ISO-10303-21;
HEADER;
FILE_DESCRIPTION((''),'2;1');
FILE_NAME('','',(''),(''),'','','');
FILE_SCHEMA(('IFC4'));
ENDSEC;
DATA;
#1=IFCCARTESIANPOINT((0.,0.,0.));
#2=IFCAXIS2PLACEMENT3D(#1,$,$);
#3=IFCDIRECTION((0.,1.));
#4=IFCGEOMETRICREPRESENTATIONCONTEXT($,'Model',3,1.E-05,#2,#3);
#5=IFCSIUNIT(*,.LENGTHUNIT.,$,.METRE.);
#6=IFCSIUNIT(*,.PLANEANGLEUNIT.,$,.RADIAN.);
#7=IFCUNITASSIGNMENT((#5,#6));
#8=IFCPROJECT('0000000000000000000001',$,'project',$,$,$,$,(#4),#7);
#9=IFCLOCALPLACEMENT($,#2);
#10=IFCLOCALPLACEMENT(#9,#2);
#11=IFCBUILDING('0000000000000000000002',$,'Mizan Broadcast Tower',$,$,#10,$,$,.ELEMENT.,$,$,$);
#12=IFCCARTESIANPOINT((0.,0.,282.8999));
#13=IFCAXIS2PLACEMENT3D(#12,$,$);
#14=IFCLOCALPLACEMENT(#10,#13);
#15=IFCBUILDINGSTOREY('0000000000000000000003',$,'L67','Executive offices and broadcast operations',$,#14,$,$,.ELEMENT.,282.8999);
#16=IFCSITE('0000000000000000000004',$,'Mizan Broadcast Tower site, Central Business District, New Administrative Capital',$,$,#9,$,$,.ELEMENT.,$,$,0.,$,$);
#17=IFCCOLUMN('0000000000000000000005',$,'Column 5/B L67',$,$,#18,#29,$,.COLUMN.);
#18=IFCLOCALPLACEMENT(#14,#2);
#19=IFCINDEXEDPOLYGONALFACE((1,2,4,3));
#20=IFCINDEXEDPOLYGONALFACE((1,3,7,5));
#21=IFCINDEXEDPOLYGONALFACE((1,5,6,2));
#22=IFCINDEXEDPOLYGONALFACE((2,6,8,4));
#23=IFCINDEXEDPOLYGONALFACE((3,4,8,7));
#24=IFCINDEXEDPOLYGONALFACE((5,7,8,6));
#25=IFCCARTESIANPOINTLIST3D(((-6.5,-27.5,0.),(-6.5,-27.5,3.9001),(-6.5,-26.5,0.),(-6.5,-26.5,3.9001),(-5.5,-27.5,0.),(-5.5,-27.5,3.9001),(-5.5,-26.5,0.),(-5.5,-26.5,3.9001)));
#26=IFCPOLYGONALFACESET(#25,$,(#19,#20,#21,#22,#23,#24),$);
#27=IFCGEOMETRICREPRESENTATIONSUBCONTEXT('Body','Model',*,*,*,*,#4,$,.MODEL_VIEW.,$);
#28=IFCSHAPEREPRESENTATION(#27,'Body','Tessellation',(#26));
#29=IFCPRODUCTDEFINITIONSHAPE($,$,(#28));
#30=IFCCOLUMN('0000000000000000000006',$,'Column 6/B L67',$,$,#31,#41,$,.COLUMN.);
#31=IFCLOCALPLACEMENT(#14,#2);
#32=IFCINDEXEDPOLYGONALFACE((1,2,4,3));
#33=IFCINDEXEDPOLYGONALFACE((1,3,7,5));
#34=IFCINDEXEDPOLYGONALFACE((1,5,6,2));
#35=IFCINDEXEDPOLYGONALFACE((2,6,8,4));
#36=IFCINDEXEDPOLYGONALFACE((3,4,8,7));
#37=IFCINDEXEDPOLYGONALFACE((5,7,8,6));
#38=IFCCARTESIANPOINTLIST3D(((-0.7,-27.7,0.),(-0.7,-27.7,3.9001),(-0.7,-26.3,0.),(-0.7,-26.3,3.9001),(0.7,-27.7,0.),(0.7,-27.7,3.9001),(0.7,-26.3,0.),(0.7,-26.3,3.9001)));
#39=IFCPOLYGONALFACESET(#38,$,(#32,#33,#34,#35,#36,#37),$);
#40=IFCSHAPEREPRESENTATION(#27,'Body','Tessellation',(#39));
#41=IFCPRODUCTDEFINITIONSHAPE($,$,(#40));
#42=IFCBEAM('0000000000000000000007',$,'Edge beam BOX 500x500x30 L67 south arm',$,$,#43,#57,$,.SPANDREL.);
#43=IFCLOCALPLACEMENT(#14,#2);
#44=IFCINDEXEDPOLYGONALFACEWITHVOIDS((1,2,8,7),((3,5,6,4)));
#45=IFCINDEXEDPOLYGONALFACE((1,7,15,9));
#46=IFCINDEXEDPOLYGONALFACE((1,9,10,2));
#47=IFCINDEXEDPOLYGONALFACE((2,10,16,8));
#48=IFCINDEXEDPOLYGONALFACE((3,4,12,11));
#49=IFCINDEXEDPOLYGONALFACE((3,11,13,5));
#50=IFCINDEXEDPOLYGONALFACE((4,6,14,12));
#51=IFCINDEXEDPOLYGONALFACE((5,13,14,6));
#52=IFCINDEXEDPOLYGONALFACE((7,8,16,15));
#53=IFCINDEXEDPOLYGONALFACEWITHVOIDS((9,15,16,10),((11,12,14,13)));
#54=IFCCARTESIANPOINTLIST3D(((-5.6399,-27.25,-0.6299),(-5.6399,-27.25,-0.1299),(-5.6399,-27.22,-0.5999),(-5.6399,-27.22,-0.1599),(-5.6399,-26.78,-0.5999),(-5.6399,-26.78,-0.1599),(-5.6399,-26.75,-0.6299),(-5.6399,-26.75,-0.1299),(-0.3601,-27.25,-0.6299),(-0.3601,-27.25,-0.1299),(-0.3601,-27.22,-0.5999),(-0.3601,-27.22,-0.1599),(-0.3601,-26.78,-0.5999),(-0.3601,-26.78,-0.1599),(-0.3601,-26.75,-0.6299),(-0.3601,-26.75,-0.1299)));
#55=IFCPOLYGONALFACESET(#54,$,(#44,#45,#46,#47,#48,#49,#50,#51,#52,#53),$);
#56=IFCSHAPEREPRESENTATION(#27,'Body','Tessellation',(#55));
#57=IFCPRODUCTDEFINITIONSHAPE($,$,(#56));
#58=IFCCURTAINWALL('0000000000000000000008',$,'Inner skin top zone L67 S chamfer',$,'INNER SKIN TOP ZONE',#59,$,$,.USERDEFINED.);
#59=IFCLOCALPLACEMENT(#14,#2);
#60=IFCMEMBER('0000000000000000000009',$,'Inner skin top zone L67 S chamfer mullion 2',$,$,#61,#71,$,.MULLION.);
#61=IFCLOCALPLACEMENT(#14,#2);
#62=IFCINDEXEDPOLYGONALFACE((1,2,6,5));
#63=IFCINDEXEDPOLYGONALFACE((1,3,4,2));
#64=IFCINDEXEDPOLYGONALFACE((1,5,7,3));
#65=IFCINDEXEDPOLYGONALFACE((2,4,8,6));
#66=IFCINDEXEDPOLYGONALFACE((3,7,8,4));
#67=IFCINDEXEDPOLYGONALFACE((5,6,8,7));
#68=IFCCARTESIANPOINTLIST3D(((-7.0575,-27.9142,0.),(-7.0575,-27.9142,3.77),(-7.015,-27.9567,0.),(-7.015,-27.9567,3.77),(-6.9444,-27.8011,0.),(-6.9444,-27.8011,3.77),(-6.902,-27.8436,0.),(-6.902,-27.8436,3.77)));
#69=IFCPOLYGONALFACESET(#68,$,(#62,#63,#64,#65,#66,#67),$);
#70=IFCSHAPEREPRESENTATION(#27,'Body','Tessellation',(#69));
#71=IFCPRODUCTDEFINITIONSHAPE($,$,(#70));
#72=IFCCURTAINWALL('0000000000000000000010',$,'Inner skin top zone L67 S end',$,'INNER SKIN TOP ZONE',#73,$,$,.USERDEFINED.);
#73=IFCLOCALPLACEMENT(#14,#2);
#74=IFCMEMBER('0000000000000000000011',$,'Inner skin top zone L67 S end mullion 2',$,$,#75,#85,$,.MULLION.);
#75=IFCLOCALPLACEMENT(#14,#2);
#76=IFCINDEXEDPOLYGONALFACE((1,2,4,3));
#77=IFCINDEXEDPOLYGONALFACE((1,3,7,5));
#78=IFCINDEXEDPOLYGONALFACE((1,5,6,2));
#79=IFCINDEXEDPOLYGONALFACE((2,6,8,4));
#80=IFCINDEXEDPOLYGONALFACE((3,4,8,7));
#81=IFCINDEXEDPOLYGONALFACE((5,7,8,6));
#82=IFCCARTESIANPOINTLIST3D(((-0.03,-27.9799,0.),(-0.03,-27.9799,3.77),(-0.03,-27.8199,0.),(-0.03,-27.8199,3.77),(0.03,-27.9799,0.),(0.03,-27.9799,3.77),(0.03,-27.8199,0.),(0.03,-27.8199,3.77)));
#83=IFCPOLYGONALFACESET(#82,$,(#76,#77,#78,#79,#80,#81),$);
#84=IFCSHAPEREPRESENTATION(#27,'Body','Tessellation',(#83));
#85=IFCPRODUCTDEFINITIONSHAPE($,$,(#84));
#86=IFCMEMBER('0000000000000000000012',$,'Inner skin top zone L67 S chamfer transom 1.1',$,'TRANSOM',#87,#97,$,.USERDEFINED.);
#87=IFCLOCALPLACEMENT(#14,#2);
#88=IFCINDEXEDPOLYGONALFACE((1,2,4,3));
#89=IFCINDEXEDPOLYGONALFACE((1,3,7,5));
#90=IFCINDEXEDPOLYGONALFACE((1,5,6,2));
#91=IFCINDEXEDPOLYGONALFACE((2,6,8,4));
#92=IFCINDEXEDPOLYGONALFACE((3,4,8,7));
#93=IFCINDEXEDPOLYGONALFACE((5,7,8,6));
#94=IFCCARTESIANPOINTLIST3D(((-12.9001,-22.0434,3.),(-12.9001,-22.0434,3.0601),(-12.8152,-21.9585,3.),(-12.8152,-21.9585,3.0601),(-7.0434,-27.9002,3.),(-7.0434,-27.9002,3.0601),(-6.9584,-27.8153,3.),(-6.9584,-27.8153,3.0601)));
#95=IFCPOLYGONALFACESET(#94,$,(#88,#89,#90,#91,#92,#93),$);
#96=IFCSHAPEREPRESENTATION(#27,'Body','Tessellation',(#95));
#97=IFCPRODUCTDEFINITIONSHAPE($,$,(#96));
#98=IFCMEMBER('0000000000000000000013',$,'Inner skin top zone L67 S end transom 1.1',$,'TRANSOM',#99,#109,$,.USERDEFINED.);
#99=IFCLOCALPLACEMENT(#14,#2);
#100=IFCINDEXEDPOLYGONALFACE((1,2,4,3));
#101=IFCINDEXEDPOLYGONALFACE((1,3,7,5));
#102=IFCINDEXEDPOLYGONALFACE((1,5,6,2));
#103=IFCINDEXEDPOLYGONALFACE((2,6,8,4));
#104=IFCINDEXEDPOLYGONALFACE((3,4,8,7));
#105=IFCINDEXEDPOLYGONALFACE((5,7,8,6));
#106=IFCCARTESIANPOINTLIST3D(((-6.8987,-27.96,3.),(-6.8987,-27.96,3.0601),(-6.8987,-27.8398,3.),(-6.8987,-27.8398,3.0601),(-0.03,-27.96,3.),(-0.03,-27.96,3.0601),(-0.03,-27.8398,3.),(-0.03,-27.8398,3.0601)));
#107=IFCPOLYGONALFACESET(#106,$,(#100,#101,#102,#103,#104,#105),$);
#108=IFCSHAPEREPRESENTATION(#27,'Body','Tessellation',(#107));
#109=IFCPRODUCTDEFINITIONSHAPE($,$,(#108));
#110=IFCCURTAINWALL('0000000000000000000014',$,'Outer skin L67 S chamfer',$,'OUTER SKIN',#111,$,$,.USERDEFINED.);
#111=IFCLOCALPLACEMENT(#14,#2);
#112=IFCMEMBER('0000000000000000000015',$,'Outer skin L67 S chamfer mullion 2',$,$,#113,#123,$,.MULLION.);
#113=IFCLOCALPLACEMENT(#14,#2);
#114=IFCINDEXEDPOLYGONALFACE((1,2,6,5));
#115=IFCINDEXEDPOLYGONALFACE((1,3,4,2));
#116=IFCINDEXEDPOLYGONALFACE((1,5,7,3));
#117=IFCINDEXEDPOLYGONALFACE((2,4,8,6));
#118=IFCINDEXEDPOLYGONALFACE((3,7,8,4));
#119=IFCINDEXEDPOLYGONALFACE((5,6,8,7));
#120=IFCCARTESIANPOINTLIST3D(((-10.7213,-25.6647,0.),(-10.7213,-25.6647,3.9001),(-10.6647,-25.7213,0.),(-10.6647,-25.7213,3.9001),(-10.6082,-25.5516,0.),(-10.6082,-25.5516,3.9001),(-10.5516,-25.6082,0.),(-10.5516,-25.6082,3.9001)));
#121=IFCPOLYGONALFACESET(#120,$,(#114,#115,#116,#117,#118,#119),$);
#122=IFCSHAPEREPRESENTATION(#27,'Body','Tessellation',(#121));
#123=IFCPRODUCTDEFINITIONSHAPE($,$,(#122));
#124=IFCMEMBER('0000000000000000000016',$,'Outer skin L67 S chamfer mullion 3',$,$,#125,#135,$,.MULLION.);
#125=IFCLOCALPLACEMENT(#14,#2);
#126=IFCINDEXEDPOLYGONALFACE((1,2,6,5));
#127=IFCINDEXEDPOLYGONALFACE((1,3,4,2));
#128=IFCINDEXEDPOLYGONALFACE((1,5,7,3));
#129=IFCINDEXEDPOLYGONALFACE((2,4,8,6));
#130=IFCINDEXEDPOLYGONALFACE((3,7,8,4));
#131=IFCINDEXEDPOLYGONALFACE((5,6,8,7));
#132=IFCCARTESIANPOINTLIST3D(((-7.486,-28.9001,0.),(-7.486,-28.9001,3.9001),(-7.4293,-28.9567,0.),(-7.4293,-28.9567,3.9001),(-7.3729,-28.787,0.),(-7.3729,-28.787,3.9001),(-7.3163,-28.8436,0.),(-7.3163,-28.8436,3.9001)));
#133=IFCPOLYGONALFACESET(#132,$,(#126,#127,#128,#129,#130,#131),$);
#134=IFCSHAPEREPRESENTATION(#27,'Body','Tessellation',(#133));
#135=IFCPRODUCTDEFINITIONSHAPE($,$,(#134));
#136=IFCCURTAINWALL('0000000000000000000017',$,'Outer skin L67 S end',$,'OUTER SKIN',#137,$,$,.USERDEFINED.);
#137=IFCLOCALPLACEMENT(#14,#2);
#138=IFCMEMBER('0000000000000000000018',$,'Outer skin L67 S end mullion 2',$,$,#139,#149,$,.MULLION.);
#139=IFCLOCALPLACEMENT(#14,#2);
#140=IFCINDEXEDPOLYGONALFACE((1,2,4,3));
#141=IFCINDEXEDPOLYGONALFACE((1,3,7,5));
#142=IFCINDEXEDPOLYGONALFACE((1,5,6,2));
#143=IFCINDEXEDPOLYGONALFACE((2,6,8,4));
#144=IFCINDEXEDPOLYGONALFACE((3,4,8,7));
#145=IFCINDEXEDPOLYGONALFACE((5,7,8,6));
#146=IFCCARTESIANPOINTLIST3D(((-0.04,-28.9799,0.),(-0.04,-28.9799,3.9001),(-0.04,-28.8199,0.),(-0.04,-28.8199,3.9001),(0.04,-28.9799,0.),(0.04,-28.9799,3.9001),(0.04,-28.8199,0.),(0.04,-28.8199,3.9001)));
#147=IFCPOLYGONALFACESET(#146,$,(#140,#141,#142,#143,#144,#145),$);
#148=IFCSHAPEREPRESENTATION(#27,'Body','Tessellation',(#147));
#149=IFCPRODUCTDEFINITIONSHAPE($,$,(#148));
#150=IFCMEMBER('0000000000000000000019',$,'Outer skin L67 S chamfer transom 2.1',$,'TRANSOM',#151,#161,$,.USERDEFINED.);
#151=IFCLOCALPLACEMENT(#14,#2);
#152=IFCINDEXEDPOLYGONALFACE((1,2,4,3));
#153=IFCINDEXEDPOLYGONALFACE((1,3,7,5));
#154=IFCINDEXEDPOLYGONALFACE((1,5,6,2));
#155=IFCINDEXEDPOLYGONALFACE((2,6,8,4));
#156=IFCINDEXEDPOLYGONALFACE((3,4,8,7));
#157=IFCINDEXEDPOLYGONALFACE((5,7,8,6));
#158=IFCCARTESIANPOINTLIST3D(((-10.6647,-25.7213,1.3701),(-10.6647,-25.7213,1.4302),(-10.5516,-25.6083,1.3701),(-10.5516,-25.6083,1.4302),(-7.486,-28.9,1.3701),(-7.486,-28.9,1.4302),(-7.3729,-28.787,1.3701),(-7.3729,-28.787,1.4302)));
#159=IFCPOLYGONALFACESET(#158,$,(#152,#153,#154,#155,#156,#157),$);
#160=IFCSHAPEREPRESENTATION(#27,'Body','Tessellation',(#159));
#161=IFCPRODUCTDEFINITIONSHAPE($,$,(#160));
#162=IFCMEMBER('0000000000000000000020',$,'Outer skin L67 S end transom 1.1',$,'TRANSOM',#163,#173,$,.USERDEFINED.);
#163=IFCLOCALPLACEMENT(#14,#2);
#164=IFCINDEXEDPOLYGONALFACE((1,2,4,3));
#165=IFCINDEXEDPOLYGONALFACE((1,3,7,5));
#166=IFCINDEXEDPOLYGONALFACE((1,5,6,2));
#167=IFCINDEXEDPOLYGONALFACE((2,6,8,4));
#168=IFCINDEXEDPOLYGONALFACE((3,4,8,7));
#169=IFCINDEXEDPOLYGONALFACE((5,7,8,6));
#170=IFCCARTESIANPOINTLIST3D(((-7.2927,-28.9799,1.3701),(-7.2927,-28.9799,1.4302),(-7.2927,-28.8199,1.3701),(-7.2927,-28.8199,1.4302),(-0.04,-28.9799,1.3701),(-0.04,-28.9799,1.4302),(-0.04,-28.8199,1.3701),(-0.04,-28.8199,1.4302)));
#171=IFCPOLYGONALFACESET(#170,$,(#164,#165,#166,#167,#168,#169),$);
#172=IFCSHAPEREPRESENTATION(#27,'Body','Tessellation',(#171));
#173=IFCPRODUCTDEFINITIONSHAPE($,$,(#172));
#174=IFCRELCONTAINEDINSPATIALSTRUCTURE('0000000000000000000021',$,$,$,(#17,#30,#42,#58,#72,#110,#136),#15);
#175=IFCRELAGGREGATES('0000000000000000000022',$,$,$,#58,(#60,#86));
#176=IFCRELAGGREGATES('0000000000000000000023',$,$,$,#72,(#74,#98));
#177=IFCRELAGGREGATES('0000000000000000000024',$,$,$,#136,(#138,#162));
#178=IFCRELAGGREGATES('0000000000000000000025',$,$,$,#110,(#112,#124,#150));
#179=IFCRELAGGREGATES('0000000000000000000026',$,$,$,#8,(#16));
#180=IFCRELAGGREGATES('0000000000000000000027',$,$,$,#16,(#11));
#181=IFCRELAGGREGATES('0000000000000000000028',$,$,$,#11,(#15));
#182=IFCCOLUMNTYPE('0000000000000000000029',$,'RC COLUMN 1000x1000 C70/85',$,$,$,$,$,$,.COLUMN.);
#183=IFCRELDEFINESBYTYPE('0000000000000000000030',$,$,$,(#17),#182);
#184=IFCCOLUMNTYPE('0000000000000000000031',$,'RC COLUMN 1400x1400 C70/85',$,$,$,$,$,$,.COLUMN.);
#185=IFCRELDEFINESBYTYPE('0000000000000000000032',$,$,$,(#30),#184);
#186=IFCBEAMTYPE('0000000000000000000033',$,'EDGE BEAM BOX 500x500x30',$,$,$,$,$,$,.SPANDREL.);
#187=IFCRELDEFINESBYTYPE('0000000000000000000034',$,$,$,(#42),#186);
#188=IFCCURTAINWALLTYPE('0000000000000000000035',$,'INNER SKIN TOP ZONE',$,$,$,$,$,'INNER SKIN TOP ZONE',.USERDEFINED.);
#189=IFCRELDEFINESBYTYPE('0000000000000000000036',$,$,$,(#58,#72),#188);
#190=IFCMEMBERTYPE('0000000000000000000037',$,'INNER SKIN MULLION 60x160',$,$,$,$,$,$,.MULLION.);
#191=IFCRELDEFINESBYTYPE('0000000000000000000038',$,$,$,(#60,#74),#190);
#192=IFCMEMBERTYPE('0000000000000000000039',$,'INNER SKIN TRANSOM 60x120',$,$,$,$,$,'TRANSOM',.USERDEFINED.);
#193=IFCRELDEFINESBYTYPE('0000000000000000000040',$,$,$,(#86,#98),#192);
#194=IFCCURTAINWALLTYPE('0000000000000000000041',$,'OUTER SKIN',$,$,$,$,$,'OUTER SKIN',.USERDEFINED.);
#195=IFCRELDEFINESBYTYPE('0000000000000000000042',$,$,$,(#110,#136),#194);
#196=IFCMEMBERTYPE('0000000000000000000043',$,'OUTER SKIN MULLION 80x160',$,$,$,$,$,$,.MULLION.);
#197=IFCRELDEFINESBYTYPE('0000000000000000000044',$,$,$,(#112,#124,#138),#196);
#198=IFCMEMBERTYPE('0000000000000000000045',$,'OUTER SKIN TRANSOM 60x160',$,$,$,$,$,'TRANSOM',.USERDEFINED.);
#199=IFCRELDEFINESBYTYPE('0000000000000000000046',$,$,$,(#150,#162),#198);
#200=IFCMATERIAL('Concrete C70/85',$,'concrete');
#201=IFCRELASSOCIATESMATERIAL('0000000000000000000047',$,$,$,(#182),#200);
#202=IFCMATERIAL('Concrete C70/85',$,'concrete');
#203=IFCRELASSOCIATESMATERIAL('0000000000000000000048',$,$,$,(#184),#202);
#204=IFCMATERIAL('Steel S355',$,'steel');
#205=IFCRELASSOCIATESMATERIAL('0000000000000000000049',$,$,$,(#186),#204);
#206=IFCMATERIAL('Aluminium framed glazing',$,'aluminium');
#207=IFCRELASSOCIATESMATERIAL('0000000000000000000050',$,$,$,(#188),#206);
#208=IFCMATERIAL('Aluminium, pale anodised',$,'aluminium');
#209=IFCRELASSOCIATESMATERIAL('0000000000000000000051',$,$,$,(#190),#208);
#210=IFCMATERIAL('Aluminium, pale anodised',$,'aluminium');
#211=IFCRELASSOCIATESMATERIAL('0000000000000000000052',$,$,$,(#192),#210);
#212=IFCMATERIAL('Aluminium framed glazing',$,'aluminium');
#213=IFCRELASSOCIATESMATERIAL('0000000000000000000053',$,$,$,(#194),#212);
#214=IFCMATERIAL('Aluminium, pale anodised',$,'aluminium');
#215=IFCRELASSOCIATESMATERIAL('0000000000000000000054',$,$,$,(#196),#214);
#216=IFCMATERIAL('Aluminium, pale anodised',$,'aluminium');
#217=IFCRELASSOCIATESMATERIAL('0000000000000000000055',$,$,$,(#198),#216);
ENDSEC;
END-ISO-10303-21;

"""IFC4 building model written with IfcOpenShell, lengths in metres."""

from ifc_helpers import new_model, si_unit, direction, frame, origin, origin_2d, place, context, subcontext, project, spatial, rectangle, hollow_rectangle, extrude, material, material_profile, profile_set, type_object, element, aggregate, save


model = new_model("IFC4")

# Units and contexts
model_context = context("Model", 3, precision=1e-05, world=origin(), true_north=direction((0.0, 1.0)))
body_context = subcontext(model_context, "Body", "Model", "MODEL_VIEW")
ifc_project = project(units=[si_unit("LENGTHUNIT", "METRE"), si_unit("PLANEANGLEUNIT", "RADIAN")], contexts=[model_context])

# Site, building, storey
site_placement = place(None, origin())
site = spatial("IfcSite", under=ifc_project, at=site_placement, Name="Mizan Broadcast Tower site, Central Business District, New Administrative Capital", CompositionType="ELEMENT", RefElevation=0.0)
building_placement = place(site_placement, origin())
building = spatial("IfcBuilding", under=site, at=building_placement, Name="Mizan Broadcast Tower", CompositionType="ELEMENT")
storey_placement = place(building_placement, frame((0.0, 0.0, 282.8999)))
storey = spatial("IfcBuildingStorey", under=building, at=storey_placement, Name="L67", Description="Executive offices and broadcast operations", CompositionType="ELEMENT", Elevation=282.8999)

# Columns
ifc_material_1 = material(Name="Concrete C70/85", Category="concrete")
ifc_material_profile_1 = material_profile(ifc_material_1, rectangle(XDim=1.0, YDim=1.0, at=origin_2d()), Name="RC 1000x1000")
ifc_profile_set_1 = profile_set([ifc_material_profile_1], Name="Concrete C70/85")
column_type_1 = type_object("IfcColumnType", Name="RC COLUMN 1000x1000 C70/85", PredefinedType="COLUMN", material=ifc_profile_set_1)
column_1_placement = place(storey_placement, frame((-6.0, -27.0, 0.0), z_axis=(0.0, 0.0, 1.0), x_axis=(1.0, 0.0, 0.0)))
element("IfcColumn", 1, at=column_1_placement, inside=storey, type_object=column_type_1, Name="Column 5/B L67", PredefinedType="COLUMN", context=body_context, shape_type="SweptSolid", body=[
    extrude(rectangle(XDim=1.0, YDim=1.0, at=origin_2d()), origin(), (0.0, 0.0, 1.0), 3.9001),
])
ifc_material_2 = material(Name="Concrete C70/85", Category="concrete")
ifc_material_profile_2 = material_profile(ifc_material_2, rectangle(XDim=1.3999, YDim=1.3999, at=origin_2d()), Name="RC 1400x1400")
ifc_profile_set_2 = profile_set([ifc_material_profile_2], Name="Concrete C70/85")
column_type_2 = type_object("IfcColumnType", Name="RC COLUMN 1400x1400 C70/85", PredefinedType="COLUMN", material=ifc_profile_set_2)
column_2_placement = place(storey_placement, frame((0.0, -27.0, 0.0), z_axis=(0.0, 0.0, 1.0), x_axis=(1.0, 0.0, 0.0)))
element("IfcColumn", 2, at=column_2_placement, inside=storey, type_object=column_type_2, Name="Column 6/B L67", PredefinedType="COLUMN", context=body_context, shape_type="SweptSolid", body=[
    extrude(rectangle(XDim=1.3999, YDim=1.3999, at=origin_2d()), origin(), (0.0, 0.0, 1.0), 3.9001),
])

# Beam
ifc_material_3 = material(Name="Steel S355", Category="steel")
ifc_material_profile_3 = material_profile(ifc_material_3, hollow_rectangle(XDim=0.5, YDim=0.5, WallThickness=0.03, at=origin_2d()), Name="BOX 500x500x30")
ifc_profile_set_3 = profile_set([ifc_material_profile_3], Name="Steel S355")
beam_type_1 = type_object("IfcBeamType", Name="EDGE BEAM BOX 500x500x30", PredefinedType="SPANDREL", material=ifc_profile_set_3)
beam_1_placement = place(storey_placement, frame((-5.6399, -27.0, -0.3799), z_axis=(1.0, 0.0, 0.0), x_axis=(0.0, 1.0, 0.0)))
element("IfcBeam", 3, at=beam_1_placement, inside=storey, type_object=beam_type_1, Name="Edge beam BOX 500x500x30 L67 south arm", PredefinedType="SPANDREL", context=body_context, shape_type="SweptSolid", body=[
    extrude(hollow_rectangle(XDim=0.5, YDim=0.5, WallThickness=0.03, at=origin_2d()), origin(), (0.0, 0.0, 1.0), 5.2798),
])

# Curtain walls, members
ifc_material_4 = material(Name="Aluminium framed glazing", Category="aluminium")
curtain_wall_type_1 = type_object("IfcCurtainWallType", Name="INNER SKIN TOP ZONE", ElementType="INNER SKIN TOP ZONE", PredefinedType="USERDEFINED", material=ifc_material_4)
curtain_wall_1_placement = place(storey_placement, origin())
curtain_wall_1 = element("IfcCurtainWall", 4, at=curtain_wall_1_placement, inside=storey, type_object=curtain_wall_type_1, Name="Inner skin top zone L67 S chamfer", ObjectType="INNER SKIN TOP ZONE", PredefinedType="USERDEFINED")
ifc_material_5 = material(Name="Aluminium, pale anodised", Category="aluminium")
ifc_material_profile_4 = material_profile(ifc_material_5, rectangle(XDim=0.1599, YDim=0.0601, at=origin_2d()), Name="MULLION 160x60")
ifc_profile_set_4 = profile_set([ifc_material_profile_4], Name="Aluminium, pale anodised")
member_type_1 = type_object("IfcMemberType", Name="INNER SKIN MULLION 60x160", PredefinedType="MULLION", material=ifc_profile_set_4)
member_1_placement = place(storey_placement, frame((-6.9797, -27.8789, 0.0), z_axis=(0.0, 0.0, 1.0), x_axis=(0.707107, 0.707107, 0.0)))
member_1 = element("IfcMember", 5, at=member_1_placement, type_object=member_type_1, Name="Inner skin top zone L67 S chamfer mullion 2", PredefinedType="MULLION", context=body_context, shape_type="SweptSolid", body=[
    extrude(rectangle(XDim=0.1599, YDim=0.0601, at=origin_2d()), origin(), (0.0, 0.0, 1.0), 3.77),
])
curtain_wall_2_placement = place(storey_placement, origin())
curtain_wall_2 = element("IfcCurtainWall", 6, at=curtain_wall_2_placement, inside=storey, type_object=curtain_wall_type_1, Name="Inner skin top zone L67 S end", ObjectType="INNER SKIN TOP ZONE", PredefinedType="USERDEFINED")
member_2_placement = place(storey_placement, frame((0.0, -27.8999, 0.0), z_axis=(0.0, 0.0, 1.0), x_axis=(0.0, 1.0, 0.0)))
member_2 = element("IfcMember", 7, at=member_2_placement, type_object=member_type_1, Name="Inner skin top zone L67 S end mullion 2", PredefinedType="MULLION", context=body_context, shape_type="SweptSolid", body=[
    extrude(rectangle(XDim=0.1599, YDim=0.0601, at=origin_2d()), origin(), (0.0, 0.0, 1.0), 3.77),
])

# Members
ifc_material_6 = material(Name="Aluminium, pale anodised", Category="aluminium")
ifc_material_profile_5 = material_profile(ifc_material_6, rectangle(XDim=0.1201, YDim=0.0601, at=origin_2d()), Name="TRANSOM 120x60")
ifc_profile_set_5 = profile_set([ifc_material_profile_5], Name="Aluminium, pale anodised")
member_type_2 = type_object("IfcMemberType", Name="INNER SKIN TRANSOM 60x120", ElementType="TRANSOM", PredefinedType="USERDEFINED", material=ifc_profile_set_5)
member_3_placement = place(storey_placement, frame((-12.8577, -22.001, 3.03), z_axis=(0.707107, -0.707107, 0.0), x_axis=(0.707107, 0.707107, 0.0)))
member_3 = element("IfcMember", 8, at=member_3_placement, type_object=member_type_2, Name="Inner skin top zone L67 S chamfer transom 1.1", ObjectType="TRANSOM", PredefinedType="USERDEFINED", context=body_context, shape_type="SweptSolid", body=[
    extrude(rectangle(XDim=0.1201, YDim=0.0601, at=origin_2d()), origin(), (0.0, 0.0, 1.0), 8.2827),
])
member_4_placement = place(storey_placement, frame((-6.8987, -27.8999, 3.03), z_axis=(1.0, 0.0, 0.0), x_axis=(0.0, 1.0, 0.0)))
member_4 = element("IfcMember", 9, at=member_4_placement, type_object=member_type_2, Name="Inner skin top zone L67 S end transom 1.1", ObjectType="TRANSOM", PredefinedType="USERDEFINED", context=body_context, shape_type="SweptSolid", body=[
    extrude(rectangle(XDim=0.1201, YDim=0.0601, at=origin_2d()), origin(), (0.0, 0.0, 1.0), 6.8687),
])

# Curtain wall, members
ifc_material_7 = material(Name="Aluminium framed glazing", Category="aluminium")
curtain_wall_type_2 = type_object("IfcCurtainWallType", Name="OUTER SKIN", ElementType="OUTER SKIN", PredefinedType="USERDEFINED", material=ifc_material_7)
curtain_wall_3_placement = place(storey_placement, origin())
curtain_wall_3 = element("IfcCurtainWall", 10, at=curtain_wall_3_placement, inside=storey, type_object=curtain_wall_type_2, Name="Outer skin L67 S chamfer", ObjectType="OUTER SKIN", PredefinedType="USERDEFINED")
ifc_material_8 = material(Name="Aluminium, pale anodised", Category="aluminium")
ifc_material_profile_6 = material_profile(ifc_material_8, rectangle(XDim=0.1599, YDim=0.0801, at=origin_2d()), Name="MULLION 160x80")
ifc_profile_set_6 = profile_set([ifc_material_profile_6], Name="Aluminium, pale anodised")
member_type_3 = type_object("IfcMemberType", Name="OUTER SKIN MULLION 80x160", PredefinedType="MULLION", material=ifc_profile_set_6)
member_5_placement = place(storey_placement, frame((-10.6365, -25.6365, 0.0), z_axis=(0.0, 0.0, 1.0), x_axis=(0.707107, 0.707107, 0.0)))
member_5 = element("IfcMember", 11, at=member_5_placement, type_object=member_type_3, Name="Outer skin L67 S chamfer mullion 2", PredefinedType="MULLION", context=body_context, shape_type="SweptSolid", body=[
    extrude(rectangle(XDim=0.1599, YDim=0.0801, at=origin_2d()), origin(), (0.0, 0.0, 1.0), 3.9001),
])
member_6_placement = place(storey_placement, frame((-7.4011, -28.8718, 0.0), z_axis=(0.0, 0.0, 1.0), x_axis=(0.707107, 0.707107, 0.0)))
member_6 = element("IfcMember", 12, at=member_6_placement, type_object=member_type_3, Name="Outer skin L67 S chamfer mullion 3", PredefinedType="MULLION", context=body_context, shape_type="SweptSolid", body=[
    extrude(rectangle(XDim=0.1599, YDim=0.0801, at=origin_2d()), origin(), (0.0, 0.0, 1.0), 3.9001),
])

# Curtain wall, member
curtain_wall_4_placement = place(storey_placement, origin())
curtain_wall_4 = element("IfcCurtainWall", 13, at=curtain_wall_4_placement, inside=storey, type_object=curtain_wall_type_2, Name="Outer skin L67 S end", ObjectType="OUTER SKIN", PredefinedType="USERDEFINED")
member_7_placement = place(storey_placement, frame((0.0, -28.8999, 0.0), z_axis=(0.0, 0.0, 1.0), x_axis=(0.0, 1.0, 0.0)))
member_7 = element("IfcMember", 14, at=member_7_placement, type_object=member_type_3, Name="Outer skin L67 S end mullion 2", PredefinedType="MULLION", context=body_context, shape_type="SweptSolid", body=[
    extrude(rectangle(XDim=0.1599, YDim=0.0801, at=origin_2d()), origin(), (0.0, 0.0, 1.0), 3.9001),
])

# Members
ifc_material_9 = material(Name="Aluminium, pale anodised", Category="aluminium")
ifc_material_profile_7 = material_profile(ifc_material_9, rectangle(XDim=0.1599, YDim=0.0601, at=origin_2d()), Name="TRANSOM 160x60")
ifc_profile_set_7 = profile_set([ifc_material_profile_7], Name="Aluminium, pale anodised")
member_type_4 = type_object("IfcMemberType", Name="OUTER SKIN TRANSOM 60x160", ElementType="TRANSOM", PredefinedType="USERDEFINED", material=ifc_profile_set_7)
member_8_placement = place(storey_placement, frame((-10.6082, -25.6648, 1.4001), z_axis=(0.707107, -0.707107, 0.0), x_axis=(0.707107, 0.707107, 0.0)))
member_8 = element("IfcMember", 15, at=member_8_placement, type_object=member_type_4, Name="Outer skin L67 S chamfer transom 2.1", ObjectType="TRANSOM", PredefinedType="USERDEFINED", context=body_context, shape_type="SweptSolid", body=[
    extrude(rectangle(XDim=0.1599, YDim=0.0601, at=origin_2d()), origin(), (0.0, 0.0, 1.0), 4.4954),
])
member_9_placement = place(storey_placement, frame((-7.2927, -28.8999, 1.4001), z_axis=(1.0, 0.0, 0.0), x_axis=(0.0, 1.0, 0.0)))
member_9 = element("IfcMember", 16, at=member_9_placement, type_object=member_type_4, Name="Outer skin L67 S end transom 1.1", ObjectType="TRANSOM", PredefinedType="USERDEFINED", context=body_context, shape_type="SweptSolid", body=[
    extrude(rectangle(XDim=0.1599, YDim=0.0601, at=origin_2d()), origin(), (0.0, 0.0, 1.0), 7.2527),
])

aggregate(curtain_wall_1, [member_1, member_3])
aggregate(curtain_wall_2, [member_2, member_4])
aggregate(curtain_wall_4, [member_7, member_9])
aggregate(curtain_wall_3, [member_5, member_6, member_8])

save(model, "model.ifc")
